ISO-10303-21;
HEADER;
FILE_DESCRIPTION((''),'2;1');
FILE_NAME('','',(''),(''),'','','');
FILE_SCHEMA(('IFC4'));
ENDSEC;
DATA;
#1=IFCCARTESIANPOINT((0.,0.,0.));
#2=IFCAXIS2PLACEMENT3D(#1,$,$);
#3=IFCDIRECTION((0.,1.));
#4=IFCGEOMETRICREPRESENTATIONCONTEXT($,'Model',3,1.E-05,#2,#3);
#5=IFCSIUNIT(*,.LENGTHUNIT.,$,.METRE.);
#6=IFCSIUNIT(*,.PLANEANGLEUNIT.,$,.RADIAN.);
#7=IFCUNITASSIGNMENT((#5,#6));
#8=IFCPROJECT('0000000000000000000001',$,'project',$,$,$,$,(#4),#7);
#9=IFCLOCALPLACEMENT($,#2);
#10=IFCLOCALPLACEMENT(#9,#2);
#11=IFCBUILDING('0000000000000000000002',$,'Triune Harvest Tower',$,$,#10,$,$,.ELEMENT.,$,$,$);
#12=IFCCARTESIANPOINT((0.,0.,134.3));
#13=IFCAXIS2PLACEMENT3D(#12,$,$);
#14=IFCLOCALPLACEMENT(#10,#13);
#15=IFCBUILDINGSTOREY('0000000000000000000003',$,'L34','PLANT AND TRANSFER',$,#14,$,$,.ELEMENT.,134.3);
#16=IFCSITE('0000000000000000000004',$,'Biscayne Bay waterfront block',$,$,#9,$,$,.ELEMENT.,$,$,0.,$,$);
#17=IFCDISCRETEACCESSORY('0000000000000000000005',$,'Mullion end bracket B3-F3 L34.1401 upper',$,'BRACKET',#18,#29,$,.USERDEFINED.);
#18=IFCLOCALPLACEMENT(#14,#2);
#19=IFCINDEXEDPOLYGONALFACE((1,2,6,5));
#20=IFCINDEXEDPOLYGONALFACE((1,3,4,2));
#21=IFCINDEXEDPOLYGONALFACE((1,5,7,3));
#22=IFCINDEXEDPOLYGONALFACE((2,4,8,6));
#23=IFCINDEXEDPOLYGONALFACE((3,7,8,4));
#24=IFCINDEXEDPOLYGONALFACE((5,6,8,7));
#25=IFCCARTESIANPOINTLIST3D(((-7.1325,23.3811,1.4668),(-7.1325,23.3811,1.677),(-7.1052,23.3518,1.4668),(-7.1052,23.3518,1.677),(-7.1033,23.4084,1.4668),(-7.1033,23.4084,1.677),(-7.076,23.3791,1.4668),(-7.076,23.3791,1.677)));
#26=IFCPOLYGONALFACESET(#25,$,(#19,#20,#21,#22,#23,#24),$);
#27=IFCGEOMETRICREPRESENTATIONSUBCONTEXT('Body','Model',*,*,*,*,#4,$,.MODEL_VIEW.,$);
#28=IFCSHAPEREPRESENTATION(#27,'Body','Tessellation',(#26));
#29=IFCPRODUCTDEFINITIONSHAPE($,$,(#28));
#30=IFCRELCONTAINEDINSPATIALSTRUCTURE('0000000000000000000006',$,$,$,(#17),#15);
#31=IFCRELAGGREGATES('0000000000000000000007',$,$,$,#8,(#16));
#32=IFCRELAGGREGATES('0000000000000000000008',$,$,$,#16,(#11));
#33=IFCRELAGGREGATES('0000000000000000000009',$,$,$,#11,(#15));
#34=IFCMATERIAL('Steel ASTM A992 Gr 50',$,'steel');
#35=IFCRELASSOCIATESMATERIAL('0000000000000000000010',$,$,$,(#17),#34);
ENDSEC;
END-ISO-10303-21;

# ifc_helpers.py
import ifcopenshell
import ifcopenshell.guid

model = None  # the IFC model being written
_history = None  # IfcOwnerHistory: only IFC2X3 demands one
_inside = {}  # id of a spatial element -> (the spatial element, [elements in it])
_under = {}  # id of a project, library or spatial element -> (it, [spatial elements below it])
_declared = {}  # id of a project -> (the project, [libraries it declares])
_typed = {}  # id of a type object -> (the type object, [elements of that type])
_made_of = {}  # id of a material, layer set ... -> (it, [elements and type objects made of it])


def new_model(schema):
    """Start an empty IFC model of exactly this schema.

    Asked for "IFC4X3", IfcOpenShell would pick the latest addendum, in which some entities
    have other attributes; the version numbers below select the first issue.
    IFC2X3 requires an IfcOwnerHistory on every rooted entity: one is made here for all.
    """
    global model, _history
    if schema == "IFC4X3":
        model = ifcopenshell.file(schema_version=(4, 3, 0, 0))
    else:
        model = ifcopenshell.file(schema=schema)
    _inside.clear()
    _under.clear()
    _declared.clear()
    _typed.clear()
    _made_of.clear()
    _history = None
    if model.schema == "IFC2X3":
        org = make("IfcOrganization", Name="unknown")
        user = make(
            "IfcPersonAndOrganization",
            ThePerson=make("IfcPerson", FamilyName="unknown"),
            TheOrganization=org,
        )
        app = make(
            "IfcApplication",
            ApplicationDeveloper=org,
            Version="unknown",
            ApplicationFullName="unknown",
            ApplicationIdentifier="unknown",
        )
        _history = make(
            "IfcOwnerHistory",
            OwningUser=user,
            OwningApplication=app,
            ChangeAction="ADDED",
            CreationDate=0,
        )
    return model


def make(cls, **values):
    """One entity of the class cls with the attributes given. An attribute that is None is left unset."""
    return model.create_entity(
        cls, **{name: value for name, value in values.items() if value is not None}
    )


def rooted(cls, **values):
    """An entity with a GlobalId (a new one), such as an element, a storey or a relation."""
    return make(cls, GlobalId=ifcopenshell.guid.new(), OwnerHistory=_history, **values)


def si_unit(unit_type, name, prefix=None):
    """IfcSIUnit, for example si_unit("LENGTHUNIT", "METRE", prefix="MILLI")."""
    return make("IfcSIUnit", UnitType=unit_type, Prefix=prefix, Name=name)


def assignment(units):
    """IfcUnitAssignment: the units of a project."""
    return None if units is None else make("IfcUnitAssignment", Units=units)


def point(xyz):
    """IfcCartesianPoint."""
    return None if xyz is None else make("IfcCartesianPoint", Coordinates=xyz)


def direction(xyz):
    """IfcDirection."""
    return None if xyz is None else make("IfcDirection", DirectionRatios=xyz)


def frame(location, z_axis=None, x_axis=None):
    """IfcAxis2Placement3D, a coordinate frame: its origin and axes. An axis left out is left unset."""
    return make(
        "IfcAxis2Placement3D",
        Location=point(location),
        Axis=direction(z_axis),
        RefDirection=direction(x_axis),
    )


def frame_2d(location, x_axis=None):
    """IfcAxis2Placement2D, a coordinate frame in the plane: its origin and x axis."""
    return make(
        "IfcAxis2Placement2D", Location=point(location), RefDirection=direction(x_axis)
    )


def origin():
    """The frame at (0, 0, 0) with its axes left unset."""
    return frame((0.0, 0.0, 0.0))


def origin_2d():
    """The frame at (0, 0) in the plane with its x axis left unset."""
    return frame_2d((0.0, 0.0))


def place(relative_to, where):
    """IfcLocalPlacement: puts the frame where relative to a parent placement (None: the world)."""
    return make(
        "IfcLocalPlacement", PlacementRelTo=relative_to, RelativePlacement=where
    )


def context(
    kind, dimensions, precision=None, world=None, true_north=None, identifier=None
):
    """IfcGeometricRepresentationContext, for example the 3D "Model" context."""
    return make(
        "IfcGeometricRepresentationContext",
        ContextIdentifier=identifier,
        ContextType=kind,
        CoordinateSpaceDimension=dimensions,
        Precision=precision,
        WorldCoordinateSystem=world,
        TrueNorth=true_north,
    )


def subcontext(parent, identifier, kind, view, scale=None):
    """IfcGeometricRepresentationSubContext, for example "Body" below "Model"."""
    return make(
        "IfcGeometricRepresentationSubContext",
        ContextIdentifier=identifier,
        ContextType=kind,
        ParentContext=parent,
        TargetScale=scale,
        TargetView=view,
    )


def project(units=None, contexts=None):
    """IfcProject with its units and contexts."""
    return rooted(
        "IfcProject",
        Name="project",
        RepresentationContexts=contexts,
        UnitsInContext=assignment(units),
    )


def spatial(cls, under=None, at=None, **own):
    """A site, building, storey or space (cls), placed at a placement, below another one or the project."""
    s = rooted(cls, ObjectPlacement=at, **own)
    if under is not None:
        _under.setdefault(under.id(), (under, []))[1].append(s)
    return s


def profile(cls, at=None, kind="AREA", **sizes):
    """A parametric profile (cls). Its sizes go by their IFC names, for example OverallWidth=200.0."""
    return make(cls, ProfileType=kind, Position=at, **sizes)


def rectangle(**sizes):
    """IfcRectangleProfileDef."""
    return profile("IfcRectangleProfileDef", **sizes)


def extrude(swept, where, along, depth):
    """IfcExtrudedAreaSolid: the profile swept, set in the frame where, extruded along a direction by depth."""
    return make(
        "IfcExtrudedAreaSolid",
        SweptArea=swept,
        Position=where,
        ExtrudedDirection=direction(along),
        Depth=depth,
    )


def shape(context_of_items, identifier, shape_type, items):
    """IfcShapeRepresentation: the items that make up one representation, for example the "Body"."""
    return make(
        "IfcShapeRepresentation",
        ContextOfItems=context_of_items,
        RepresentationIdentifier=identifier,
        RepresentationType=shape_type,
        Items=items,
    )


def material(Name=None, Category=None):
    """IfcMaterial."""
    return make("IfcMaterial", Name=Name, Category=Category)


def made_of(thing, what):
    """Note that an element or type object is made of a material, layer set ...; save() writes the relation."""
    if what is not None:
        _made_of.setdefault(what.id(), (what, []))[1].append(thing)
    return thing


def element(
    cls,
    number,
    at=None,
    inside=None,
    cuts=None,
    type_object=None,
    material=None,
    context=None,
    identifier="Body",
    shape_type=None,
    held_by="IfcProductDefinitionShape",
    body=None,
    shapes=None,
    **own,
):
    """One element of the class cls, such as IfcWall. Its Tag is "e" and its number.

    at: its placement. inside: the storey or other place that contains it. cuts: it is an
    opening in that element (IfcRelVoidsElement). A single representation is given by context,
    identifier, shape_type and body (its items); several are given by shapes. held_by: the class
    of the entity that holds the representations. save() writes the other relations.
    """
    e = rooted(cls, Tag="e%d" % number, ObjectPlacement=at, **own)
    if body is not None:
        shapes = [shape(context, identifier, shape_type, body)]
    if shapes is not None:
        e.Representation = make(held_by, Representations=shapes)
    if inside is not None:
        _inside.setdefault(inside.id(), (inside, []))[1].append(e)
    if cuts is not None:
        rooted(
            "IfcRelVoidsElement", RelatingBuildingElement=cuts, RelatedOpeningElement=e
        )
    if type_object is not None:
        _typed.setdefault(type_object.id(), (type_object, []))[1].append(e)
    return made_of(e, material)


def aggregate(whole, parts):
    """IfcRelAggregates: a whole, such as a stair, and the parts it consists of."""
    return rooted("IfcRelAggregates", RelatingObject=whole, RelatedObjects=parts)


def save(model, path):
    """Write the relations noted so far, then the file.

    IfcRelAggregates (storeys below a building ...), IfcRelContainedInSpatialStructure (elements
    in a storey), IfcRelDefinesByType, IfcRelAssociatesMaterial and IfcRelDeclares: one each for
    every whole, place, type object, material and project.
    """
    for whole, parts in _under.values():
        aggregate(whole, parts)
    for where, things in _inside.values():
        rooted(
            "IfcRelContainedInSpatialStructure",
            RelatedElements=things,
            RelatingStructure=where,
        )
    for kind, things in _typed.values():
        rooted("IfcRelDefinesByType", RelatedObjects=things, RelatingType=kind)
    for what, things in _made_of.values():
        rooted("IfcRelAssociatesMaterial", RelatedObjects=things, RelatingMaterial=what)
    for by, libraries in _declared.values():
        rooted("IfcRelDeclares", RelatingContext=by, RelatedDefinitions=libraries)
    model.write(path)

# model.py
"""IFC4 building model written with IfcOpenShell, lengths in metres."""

from ifc_helpers import new_model, si_unit, direction, frame, origin, origin_2d, place, context, subcontext, project, spatial, rectangle, extrude, material, element, save


model = new_model("IFC4")

# Units and contexts
model_context = context("Model", 3, precision=1e-05, world=origin(), true_north=direction((0.0, 1.0)))
body_context = subcontext(model_context, "Body", "Model", "MODEL_VIEW")
ifc_project = project(units=[si_unit("LENGTHUNIT", "METRE"), si_unit("PLANEANGLEUNIT", "RADIAN")], contexts=[model_context])

# Site, building, storey
site_placement = place(None, origin())
site = spatial("IfcSite", under=ifc_project, at=site_placement, Name="Biscayne Bay waterfront block", CompositionType="ELEMENT", RefElevation=0.0)
building_placement = place(site_placement, origin())
building = spatial("IfcBuilding", under=site, at=building_placement, Name="Triune Harvest Tower", CompositionType="ELEMENT")
storey_placement = place(building_placement, frame((0.0, 0.0, 134.3)))
storey = spatial("IfcBuildingStorey", under=building, at=storey_placement, Name="L34", Description="PLANT AND TRANSFER", CompositionType="ELEMENT", Elevation=134.3)

# Discrete accessory
ifc_material_1 = material(Name="Steel ASTM A992 Gr 50", Category="steel")
discrete_accessory_1_placement = place(storey_placement, frame((-7.1042, 23.3801, 1.4668), z_axis=(0.0, 0.0, 1.0), x_axis=(-0.731331, -0.682023, 0.0)))
element("IfcDiscreteAccessory", 1, at=discrete_accessory_1_placement, inside=storey, material=ifc_material_1, Name="Mullion end bracket B3-F3 L34.1401 upper", ObjectType="BRACKET", PredefinedType="USERDEFINED", context=body_context, shape_type="SweptSolid", body=[
    extrude(rectangle(XDim=0.04, YDim=0.04, at=origin_2d()), origin(), (0.0, 0.0, 1.0), 0.2102),
])

save(model, "model.ifc")
